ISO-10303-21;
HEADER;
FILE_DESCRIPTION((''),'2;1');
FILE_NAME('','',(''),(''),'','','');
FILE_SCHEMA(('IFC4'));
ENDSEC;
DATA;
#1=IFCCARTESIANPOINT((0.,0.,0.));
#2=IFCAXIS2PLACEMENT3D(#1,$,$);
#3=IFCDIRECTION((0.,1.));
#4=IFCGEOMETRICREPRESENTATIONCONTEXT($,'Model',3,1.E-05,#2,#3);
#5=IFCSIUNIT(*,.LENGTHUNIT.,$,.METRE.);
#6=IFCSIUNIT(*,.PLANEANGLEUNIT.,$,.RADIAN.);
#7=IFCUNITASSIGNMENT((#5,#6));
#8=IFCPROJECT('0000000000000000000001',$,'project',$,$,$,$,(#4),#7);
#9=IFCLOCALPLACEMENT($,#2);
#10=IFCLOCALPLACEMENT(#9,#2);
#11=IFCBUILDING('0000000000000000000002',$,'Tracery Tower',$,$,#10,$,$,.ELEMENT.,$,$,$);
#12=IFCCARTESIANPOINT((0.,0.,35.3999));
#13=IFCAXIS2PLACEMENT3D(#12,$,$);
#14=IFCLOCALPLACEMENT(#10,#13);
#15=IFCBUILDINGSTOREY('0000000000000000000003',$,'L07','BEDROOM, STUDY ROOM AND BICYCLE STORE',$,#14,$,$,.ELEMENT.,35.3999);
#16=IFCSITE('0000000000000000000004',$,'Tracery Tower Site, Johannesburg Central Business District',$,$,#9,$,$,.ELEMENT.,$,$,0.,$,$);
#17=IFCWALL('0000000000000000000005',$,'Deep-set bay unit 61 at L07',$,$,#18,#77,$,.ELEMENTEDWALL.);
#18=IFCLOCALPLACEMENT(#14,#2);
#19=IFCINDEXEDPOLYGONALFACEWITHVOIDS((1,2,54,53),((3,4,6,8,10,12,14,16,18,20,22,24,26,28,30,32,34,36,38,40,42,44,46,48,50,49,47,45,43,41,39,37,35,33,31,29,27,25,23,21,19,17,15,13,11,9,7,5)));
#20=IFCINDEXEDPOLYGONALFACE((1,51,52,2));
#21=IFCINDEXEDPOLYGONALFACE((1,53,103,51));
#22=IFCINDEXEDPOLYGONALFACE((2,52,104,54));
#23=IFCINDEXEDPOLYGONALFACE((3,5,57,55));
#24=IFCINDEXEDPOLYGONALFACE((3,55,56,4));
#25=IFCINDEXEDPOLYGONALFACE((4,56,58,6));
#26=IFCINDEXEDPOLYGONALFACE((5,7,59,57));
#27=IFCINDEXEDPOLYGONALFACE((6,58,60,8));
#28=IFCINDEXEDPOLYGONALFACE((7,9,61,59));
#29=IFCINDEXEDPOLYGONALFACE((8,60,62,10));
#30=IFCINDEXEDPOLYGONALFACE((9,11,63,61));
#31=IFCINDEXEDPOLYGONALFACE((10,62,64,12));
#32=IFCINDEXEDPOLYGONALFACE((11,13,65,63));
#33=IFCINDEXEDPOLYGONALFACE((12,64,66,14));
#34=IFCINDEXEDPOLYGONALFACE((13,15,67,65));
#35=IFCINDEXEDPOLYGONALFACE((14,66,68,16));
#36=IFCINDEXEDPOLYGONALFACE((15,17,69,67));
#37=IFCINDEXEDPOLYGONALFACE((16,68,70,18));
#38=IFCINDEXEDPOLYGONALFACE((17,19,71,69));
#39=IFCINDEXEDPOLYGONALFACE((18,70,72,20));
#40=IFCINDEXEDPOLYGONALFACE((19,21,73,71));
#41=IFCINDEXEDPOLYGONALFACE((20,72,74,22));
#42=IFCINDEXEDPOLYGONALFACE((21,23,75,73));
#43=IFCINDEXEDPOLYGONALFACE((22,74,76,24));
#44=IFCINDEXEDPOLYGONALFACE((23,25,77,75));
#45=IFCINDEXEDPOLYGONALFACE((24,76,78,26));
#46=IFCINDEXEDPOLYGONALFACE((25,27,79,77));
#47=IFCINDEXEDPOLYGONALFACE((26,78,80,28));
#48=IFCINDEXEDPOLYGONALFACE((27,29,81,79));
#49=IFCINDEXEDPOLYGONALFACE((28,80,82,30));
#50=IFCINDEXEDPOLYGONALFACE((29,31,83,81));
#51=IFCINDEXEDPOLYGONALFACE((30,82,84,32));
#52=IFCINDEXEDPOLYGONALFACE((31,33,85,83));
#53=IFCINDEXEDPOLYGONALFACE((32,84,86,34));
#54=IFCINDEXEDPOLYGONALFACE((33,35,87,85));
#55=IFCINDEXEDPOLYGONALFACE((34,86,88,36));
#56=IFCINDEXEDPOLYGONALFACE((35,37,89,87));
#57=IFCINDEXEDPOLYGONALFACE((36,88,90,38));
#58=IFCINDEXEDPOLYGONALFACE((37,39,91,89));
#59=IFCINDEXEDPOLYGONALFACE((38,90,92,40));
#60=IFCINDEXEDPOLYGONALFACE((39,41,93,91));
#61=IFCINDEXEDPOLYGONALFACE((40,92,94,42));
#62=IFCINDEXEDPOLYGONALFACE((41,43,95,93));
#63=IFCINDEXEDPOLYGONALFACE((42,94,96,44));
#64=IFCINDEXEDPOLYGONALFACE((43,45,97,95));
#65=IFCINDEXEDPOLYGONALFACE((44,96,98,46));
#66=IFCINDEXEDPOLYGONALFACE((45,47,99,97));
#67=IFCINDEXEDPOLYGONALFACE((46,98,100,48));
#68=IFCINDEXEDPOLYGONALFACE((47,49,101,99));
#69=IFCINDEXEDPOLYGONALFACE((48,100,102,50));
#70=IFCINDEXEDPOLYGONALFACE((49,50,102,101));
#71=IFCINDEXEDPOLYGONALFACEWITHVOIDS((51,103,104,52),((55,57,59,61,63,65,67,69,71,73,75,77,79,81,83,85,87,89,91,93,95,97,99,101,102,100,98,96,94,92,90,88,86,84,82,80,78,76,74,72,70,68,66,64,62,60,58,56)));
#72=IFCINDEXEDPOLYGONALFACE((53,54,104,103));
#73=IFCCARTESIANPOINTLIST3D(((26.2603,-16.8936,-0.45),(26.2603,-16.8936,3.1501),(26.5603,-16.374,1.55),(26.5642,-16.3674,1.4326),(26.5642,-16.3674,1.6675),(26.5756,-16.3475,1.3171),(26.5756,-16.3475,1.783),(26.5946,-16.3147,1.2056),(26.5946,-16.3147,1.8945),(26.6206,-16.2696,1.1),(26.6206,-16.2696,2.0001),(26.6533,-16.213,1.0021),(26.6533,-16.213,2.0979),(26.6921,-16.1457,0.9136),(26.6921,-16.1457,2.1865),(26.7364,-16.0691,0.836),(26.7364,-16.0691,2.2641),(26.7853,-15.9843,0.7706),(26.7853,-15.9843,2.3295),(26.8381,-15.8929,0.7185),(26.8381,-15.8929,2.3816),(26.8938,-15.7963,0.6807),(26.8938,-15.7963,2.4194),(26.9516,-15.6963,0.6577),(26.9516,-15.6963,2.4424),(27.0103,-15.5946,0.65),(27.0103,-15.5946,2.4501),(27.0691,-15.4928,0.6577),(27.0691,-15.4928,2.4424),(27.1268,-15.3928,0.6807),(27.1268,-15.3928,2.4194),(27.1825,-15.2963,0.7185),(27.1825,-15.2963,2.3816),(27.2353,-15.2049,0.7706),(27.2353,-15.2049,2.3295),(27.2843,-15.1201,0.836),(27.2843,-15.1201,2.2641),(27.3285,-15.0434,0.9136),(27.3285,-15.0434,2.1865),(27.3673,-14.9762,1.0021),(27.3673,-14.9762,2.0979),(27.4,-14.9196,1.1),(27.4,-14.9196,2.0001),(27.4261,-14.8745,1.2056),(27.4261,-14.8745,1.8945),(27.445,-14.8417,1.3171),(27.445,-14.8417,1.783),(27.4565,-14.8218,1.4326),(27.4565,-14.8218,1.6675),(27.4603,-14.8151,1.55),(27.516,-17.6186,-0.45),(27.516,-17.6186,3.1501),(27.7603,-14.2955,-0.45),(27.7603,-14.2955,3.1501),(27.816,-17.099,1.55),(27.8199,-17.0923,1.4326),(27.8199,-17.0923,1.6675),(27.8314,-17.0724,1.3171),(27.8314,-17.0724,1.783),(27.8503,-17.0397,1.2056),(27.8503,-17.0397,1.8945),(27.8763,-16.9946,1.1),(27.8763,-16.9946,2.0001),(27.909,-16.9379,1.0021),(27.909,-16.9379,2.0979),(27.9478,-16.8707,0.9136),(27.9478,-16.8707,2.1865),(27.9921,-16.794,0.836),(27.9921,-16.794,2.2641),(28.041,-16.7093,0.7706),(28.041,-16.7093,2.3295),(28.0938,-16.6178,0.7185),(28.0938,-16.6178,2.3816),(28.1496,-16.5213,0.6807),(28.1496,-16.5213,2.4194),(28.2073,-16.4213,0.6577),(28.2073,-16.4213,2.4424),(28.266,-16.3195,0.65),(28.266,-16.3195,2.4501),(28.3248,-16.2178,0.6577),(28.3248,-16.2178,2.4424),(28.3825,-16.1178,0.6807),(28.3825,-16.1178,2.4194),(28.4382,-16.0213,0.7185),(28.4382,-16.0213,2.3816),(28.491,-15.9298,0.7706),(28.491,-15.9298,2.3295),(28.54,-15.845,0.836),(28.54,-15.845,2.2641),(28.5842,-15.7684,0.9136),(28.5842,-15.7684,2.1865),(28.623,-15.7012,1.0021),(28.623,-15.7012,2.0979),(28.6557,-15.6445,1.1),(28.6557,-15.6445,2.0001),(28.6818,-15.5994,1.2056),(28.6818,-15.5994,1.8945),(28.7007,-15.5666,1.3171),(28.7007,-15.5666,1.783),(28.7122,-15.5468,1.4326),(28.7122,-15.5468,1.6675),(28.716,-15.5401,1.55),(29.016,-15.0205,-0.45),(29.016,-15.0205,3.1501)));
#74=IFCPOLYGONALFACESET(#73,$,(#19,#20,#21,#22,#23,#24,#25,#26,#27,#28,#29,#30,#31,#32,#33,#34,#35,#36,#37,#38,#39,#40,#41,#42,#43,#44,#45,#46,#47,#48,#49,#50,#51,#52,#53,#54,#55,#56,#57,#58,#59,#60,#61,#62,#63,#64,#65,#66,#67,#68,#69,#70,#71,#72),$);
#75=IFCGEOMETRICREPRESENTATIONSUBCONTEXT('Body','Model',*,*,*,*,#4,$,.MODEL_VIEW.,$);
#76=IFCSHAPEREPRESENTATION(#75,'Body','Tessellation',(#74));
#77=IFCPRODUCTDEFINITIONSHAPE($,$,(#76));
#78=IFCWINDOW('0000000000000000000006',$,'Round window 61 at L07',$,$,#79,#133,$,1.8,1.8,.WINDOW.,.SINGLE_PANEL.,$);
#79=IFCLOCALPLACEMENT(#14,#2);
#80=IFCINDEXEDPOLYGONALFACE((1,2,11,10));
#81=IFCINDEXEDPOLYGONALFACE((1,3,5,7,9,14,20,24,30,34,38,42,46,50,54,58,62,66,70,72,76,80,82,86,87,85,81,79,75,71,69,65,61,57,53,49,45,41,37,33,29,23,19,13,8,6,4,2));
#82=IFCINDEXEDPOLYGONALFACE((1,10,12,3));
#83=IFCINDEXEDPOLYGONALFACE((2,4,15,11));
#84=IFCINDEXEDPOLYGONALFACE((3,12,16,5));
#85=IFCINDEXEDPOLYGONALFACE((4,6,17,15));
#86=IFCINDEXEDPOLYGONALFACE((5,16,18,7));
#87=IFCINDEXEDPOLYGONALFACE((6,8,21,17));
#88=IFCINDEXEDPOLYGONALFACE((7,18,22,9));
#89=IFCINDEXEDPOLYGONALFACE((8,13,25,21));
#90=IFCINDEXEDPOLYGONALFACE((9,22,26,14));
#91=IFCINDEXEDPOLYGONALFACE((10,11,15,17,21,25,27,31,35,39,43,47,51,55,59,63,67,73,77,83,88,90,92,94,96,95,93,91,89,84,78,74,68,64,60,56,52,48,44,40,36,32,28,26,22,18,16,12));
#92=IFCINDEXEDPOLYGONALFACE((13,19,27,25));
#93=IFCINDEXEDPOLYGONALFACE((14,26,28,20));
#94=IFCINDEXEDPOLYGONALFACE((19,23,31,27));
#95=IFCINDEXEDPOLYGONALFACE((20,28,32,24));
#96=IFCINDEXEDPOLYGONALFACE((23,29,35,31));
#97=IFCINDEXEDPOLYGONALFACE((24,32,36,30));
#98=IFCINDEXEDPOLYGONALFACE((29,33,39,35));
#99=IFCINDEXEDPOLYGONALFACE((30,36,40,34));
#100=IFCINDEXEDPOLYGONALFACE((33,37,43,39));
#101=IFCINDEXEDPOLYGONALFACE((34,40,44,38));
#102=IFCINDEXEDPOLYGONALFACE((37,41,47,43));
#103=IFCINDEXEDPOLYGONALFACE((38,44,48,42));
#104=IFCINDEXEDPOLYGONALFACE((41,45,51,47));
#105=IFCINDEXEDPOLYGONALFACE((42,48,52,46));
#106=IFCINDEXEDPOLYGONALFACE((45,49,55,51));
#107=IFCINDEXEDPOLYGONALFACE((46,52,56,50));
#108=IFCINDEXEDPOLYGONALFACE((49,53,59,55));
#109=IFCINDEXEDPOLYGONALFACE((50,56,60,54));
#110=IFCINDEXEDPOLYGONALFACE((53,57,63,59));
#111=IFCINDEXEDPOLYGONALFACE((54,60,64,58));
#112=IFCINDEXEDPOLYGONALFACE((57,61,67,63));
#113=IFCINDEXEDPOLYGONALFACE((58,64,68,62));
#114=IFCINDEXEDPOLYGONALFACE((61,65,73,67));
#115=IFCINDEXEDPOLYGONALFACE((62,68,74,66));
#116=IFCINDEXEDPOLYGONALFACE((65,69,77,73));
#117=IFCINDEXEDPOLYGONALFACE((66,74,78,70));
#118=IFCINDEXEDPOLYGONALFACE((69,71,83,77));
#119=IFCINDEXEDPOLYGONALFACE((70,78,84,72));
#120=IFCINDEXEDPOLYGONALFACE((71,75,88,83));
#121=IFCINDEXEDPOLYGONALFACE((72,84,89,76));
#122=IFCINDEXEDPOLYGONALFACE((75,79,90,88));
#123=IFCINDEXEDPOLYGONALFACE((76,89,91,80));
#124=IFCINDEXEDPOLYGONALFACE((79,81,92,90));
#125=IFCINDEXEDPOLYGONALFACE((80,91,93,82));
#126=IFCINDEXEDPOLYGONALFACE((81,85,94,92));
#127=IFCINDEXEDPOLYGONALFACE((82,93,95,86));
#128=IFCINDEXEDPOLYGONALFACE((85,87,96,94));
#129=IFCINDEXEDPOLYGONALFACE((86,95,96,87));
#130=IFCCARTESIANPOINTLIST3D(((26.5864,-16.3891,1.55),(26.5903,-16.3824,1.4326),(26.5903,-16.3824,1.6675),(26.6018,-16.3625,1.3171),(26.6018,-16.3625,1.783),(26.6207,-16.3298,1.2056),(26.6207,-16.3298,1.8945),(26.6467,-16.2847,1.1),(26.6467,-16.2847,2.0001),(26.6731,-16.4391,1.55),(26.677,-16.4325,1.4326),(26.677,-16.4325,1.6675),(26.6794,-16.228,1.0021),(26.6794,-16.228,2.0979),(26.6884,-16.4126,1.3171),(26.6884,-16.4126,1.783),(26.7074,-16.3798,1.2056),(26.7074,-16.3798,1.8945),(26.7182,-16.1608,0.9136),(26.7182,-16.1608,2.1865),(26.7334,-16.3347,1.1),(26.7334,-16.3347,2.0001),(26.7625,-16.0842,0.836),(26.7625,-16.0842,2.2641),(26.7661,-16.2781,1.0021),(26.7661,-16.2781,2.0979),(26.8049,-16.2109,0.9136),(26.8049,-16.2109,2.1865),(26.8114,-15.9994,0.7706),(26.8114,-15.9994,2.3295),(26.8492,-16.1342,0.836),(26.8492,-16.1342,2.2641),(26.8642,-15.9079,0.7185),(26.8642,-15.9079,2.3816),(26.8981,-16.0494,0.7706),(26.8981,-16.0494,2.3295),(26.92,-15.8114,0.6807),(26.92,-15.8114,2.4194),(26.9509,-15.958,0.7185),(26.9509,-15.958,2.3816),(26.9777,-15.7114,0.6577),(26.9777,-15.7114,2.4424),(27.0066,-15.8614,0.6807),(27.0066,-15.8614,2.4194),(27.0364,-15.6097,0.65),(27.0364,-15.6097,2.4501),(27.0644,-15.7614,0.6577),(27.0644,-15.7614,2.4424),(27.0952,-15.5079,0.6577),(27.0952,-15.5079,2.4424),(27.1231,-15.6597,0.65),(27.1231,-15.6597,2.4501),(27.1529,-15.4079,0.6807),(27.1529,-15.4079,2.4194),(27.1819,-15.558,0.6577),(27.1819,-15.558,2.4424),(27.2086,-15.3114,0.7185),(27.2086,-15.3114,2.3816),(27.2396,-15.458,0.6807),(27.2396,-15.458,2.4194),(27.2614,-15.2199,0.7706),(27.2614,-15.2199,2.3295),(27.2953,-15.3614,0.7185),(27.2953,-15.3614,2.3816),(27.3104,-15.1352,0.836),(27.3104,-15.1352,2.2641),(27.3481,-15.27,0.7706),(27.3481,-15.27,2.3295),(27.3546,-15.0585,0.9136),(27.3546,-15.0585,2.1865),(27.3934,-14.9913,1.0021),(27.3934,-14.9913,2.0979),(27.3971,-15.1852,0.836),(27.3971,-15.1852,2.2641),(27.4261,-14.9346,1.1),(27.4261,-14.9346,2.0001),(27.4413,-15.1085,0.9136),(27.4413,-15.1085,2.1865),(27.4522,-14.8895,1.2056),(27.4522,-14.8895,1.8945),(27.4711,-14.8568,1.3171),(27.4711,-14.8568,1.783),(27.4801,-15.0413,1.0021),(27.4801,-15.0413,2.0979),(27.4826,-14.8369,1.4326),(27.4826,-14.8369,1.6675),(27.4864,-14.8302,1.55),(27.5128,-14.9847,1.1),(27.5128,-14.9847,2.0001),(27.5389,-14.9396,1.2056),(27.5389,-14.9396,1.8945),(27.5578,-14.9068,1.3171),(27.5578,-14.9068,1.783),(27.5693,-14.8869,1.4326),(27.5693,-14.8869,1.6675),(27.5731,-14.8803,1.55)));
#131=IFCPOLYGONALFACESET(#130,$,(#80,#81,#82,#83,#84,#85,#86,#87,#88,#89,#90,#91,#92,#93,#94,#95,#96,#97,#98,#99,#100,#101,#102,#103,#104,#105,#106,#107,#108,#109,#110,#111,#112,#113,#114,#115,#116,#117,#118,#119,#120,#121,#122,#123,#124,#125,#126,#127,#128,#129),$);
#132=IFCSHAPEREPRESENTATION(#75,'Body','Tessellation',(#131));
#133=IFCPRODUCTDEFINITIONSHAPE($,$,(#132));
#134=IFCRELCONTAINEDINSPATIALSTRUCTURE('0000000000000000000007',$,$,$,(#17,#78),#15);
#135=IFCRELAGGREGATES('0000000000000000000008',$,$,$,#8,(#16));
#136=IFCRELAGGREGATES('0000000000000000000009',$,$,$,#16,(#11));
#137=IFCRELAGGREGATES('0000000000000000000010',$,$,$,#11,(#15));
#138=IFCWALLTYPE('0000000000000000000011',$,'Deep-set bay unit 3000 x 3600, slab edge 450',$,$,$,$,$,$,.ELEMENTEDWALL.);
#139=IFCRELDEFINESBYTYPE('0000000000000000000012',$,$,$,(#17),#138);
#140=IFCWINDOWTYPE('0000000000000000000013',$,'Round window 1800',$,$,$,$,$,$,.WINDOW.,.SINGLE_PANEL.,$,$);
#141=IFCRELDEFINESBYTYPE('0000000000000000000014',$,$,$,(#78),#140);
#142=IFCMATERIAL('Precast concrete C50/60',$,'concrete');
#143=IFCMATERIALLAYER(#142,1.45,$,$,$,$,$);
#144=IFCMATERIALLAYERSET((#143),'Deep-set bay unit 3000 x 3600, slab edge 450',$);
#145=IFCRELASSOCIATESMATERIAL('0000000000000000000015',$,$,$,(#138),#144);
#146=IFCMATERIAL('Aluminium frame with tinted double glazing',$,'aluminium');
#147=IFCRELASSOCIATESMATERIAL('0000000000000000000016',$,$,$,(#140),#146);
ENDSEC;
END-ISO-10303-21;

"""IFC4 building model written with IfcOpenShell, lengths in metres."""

from ifc_helpers import new_model, si_unit, direction, frame, frame_2d, origin, origin_2d, place, context, subcontext, project, spatial, rectangle, circle, extrude, material, layer, layer_set, type_object, element, fill, save


model = new_model("IFC4")

# Units and contexts
model_context = context("Model", 3, precision=1e-05, world=origin(), true_north=direction((0.0, 1.0)))
body_context = subcontext(model_context, "Body", "Model", "MODEL_VIEW")
ifc_project = project(units=[si_unit("LENGTHUNIT", "METRE"), si_unit("PLANEANGLEUNIT", "RADIAN")], contexts=[model_context])

# Site, building, storey
site_placement = place(None, origin())
site = spatial("IfcSite", under=ifc_project, at=site_placement, Name="Tracery Tower Site, Johannesburg Central Business District", CompositionType="ELEMENT", RefElevation=0.0)
building_placement = place(site_placement, origin())
building = spatial("IfcBuilding", under=site, at=building_placement, Name="Tracery Tower", CompositionType="ELEMENT")
storey_placement = place(building_placement, frame((0.0, 0.0, 35.3999)))
storey = spatial("IfcBuildingStorey", under=building, at=storey_placement, Name="L07", Description="BEDROOM, STUDY ROOM AND BICYCLE STORE", CompositionType="ELEMENT", Elevation=35.3999)

# Wall, opening, window
ifc_material_1 = material(Name="Precast concrete C50/60", Category="concrete")
ifc_layer_1 = layer(ifc_material_1, 1.45)
ifc_layer_set_1 = layer_set([ifc_layer_1], Name="Deep-set bay unit 3000 x 3600, slab edge 450")
wall_type_1 = type_object("IfcWallType", Name="Deep-set bay unit 3000 x 3600, slab edge 450", PredefinedType="ELEMENTEDWALL", material=ifc_layer_set_1)
ifc_material_2 = material(Name="Aluminium frame with tinted double glazing", Category="aluminium")
window_type = type_object("IfcWindowType", Name="Round window 1800", PartitioningType="SINGLE_PANEL", PredefinedType="WINDOW", material=ifc_material_2)
wall_1_placement = place(storey_placement, frame((26.8882, -17.2561, -0.45), z_axis=(0.0, 0.0, 1.0), x_axis=(0.49999, 0.866031, 0.0)))
wall_1 = element("IfcWall", 1, at=wall_1_placement, inside=storey, type_object=wall_type_1, Name="Deep-set bay unit 61 at L07", PredefinedType="ELEMENTEDWALL", context=body_context, shape_type="SweptSolid", body=[
    extrude(rectangle(XDim=3.0, YDim=1.45, at=frame_2d((1.5, 0.0))), origin(), (0.0, 0.0, 1.0), 3.6001),
])
opening_1_placement = place(wall_1_placement, frame((1.5, 0.0, 2.0)))
opening_1 = element("IfcOpeningElement", 2, at=opening_1_placement, cuts=wall_1, PredefinedType="OPENING", context=body_context, shape_type="SweptSolid", body=[
    extrude(circle(Radius=0.9, at=origin_2d()), frame((0.0, 0.7349, 0.0), z_axis=(0.0, -1.0, 0.0), x_axis=(1.0, 0.0, 0.0)), (0.0, 0.0, 1.0), 1.47),
])
window_1_placement = place(opening_1_placement, origin())
window_1 = element("IfcWindow", 3, at=window_1_placement, inside=storey, type_object=window_type, Name="Round window 61 at L07", OverallHeight=1.8, OverallWidth=1.8, PartitioningType="SINGLE_PANEL", PredefinedType="WINDOW", context=body_context, shape_type="SweptSolid", body=[
    extrude(circle(Radius=0.9, at=origin_2d()), frame((0.0, 0.6948, 0.0), z_axis=(0.0, -1.0, 0.0), x_axis=(1.0, 0.0, 0.0)), (0.0, 0.0, 1.0), 0.1001),
])
fill(opening_1, window_1)

save(model, "model.ifc")
